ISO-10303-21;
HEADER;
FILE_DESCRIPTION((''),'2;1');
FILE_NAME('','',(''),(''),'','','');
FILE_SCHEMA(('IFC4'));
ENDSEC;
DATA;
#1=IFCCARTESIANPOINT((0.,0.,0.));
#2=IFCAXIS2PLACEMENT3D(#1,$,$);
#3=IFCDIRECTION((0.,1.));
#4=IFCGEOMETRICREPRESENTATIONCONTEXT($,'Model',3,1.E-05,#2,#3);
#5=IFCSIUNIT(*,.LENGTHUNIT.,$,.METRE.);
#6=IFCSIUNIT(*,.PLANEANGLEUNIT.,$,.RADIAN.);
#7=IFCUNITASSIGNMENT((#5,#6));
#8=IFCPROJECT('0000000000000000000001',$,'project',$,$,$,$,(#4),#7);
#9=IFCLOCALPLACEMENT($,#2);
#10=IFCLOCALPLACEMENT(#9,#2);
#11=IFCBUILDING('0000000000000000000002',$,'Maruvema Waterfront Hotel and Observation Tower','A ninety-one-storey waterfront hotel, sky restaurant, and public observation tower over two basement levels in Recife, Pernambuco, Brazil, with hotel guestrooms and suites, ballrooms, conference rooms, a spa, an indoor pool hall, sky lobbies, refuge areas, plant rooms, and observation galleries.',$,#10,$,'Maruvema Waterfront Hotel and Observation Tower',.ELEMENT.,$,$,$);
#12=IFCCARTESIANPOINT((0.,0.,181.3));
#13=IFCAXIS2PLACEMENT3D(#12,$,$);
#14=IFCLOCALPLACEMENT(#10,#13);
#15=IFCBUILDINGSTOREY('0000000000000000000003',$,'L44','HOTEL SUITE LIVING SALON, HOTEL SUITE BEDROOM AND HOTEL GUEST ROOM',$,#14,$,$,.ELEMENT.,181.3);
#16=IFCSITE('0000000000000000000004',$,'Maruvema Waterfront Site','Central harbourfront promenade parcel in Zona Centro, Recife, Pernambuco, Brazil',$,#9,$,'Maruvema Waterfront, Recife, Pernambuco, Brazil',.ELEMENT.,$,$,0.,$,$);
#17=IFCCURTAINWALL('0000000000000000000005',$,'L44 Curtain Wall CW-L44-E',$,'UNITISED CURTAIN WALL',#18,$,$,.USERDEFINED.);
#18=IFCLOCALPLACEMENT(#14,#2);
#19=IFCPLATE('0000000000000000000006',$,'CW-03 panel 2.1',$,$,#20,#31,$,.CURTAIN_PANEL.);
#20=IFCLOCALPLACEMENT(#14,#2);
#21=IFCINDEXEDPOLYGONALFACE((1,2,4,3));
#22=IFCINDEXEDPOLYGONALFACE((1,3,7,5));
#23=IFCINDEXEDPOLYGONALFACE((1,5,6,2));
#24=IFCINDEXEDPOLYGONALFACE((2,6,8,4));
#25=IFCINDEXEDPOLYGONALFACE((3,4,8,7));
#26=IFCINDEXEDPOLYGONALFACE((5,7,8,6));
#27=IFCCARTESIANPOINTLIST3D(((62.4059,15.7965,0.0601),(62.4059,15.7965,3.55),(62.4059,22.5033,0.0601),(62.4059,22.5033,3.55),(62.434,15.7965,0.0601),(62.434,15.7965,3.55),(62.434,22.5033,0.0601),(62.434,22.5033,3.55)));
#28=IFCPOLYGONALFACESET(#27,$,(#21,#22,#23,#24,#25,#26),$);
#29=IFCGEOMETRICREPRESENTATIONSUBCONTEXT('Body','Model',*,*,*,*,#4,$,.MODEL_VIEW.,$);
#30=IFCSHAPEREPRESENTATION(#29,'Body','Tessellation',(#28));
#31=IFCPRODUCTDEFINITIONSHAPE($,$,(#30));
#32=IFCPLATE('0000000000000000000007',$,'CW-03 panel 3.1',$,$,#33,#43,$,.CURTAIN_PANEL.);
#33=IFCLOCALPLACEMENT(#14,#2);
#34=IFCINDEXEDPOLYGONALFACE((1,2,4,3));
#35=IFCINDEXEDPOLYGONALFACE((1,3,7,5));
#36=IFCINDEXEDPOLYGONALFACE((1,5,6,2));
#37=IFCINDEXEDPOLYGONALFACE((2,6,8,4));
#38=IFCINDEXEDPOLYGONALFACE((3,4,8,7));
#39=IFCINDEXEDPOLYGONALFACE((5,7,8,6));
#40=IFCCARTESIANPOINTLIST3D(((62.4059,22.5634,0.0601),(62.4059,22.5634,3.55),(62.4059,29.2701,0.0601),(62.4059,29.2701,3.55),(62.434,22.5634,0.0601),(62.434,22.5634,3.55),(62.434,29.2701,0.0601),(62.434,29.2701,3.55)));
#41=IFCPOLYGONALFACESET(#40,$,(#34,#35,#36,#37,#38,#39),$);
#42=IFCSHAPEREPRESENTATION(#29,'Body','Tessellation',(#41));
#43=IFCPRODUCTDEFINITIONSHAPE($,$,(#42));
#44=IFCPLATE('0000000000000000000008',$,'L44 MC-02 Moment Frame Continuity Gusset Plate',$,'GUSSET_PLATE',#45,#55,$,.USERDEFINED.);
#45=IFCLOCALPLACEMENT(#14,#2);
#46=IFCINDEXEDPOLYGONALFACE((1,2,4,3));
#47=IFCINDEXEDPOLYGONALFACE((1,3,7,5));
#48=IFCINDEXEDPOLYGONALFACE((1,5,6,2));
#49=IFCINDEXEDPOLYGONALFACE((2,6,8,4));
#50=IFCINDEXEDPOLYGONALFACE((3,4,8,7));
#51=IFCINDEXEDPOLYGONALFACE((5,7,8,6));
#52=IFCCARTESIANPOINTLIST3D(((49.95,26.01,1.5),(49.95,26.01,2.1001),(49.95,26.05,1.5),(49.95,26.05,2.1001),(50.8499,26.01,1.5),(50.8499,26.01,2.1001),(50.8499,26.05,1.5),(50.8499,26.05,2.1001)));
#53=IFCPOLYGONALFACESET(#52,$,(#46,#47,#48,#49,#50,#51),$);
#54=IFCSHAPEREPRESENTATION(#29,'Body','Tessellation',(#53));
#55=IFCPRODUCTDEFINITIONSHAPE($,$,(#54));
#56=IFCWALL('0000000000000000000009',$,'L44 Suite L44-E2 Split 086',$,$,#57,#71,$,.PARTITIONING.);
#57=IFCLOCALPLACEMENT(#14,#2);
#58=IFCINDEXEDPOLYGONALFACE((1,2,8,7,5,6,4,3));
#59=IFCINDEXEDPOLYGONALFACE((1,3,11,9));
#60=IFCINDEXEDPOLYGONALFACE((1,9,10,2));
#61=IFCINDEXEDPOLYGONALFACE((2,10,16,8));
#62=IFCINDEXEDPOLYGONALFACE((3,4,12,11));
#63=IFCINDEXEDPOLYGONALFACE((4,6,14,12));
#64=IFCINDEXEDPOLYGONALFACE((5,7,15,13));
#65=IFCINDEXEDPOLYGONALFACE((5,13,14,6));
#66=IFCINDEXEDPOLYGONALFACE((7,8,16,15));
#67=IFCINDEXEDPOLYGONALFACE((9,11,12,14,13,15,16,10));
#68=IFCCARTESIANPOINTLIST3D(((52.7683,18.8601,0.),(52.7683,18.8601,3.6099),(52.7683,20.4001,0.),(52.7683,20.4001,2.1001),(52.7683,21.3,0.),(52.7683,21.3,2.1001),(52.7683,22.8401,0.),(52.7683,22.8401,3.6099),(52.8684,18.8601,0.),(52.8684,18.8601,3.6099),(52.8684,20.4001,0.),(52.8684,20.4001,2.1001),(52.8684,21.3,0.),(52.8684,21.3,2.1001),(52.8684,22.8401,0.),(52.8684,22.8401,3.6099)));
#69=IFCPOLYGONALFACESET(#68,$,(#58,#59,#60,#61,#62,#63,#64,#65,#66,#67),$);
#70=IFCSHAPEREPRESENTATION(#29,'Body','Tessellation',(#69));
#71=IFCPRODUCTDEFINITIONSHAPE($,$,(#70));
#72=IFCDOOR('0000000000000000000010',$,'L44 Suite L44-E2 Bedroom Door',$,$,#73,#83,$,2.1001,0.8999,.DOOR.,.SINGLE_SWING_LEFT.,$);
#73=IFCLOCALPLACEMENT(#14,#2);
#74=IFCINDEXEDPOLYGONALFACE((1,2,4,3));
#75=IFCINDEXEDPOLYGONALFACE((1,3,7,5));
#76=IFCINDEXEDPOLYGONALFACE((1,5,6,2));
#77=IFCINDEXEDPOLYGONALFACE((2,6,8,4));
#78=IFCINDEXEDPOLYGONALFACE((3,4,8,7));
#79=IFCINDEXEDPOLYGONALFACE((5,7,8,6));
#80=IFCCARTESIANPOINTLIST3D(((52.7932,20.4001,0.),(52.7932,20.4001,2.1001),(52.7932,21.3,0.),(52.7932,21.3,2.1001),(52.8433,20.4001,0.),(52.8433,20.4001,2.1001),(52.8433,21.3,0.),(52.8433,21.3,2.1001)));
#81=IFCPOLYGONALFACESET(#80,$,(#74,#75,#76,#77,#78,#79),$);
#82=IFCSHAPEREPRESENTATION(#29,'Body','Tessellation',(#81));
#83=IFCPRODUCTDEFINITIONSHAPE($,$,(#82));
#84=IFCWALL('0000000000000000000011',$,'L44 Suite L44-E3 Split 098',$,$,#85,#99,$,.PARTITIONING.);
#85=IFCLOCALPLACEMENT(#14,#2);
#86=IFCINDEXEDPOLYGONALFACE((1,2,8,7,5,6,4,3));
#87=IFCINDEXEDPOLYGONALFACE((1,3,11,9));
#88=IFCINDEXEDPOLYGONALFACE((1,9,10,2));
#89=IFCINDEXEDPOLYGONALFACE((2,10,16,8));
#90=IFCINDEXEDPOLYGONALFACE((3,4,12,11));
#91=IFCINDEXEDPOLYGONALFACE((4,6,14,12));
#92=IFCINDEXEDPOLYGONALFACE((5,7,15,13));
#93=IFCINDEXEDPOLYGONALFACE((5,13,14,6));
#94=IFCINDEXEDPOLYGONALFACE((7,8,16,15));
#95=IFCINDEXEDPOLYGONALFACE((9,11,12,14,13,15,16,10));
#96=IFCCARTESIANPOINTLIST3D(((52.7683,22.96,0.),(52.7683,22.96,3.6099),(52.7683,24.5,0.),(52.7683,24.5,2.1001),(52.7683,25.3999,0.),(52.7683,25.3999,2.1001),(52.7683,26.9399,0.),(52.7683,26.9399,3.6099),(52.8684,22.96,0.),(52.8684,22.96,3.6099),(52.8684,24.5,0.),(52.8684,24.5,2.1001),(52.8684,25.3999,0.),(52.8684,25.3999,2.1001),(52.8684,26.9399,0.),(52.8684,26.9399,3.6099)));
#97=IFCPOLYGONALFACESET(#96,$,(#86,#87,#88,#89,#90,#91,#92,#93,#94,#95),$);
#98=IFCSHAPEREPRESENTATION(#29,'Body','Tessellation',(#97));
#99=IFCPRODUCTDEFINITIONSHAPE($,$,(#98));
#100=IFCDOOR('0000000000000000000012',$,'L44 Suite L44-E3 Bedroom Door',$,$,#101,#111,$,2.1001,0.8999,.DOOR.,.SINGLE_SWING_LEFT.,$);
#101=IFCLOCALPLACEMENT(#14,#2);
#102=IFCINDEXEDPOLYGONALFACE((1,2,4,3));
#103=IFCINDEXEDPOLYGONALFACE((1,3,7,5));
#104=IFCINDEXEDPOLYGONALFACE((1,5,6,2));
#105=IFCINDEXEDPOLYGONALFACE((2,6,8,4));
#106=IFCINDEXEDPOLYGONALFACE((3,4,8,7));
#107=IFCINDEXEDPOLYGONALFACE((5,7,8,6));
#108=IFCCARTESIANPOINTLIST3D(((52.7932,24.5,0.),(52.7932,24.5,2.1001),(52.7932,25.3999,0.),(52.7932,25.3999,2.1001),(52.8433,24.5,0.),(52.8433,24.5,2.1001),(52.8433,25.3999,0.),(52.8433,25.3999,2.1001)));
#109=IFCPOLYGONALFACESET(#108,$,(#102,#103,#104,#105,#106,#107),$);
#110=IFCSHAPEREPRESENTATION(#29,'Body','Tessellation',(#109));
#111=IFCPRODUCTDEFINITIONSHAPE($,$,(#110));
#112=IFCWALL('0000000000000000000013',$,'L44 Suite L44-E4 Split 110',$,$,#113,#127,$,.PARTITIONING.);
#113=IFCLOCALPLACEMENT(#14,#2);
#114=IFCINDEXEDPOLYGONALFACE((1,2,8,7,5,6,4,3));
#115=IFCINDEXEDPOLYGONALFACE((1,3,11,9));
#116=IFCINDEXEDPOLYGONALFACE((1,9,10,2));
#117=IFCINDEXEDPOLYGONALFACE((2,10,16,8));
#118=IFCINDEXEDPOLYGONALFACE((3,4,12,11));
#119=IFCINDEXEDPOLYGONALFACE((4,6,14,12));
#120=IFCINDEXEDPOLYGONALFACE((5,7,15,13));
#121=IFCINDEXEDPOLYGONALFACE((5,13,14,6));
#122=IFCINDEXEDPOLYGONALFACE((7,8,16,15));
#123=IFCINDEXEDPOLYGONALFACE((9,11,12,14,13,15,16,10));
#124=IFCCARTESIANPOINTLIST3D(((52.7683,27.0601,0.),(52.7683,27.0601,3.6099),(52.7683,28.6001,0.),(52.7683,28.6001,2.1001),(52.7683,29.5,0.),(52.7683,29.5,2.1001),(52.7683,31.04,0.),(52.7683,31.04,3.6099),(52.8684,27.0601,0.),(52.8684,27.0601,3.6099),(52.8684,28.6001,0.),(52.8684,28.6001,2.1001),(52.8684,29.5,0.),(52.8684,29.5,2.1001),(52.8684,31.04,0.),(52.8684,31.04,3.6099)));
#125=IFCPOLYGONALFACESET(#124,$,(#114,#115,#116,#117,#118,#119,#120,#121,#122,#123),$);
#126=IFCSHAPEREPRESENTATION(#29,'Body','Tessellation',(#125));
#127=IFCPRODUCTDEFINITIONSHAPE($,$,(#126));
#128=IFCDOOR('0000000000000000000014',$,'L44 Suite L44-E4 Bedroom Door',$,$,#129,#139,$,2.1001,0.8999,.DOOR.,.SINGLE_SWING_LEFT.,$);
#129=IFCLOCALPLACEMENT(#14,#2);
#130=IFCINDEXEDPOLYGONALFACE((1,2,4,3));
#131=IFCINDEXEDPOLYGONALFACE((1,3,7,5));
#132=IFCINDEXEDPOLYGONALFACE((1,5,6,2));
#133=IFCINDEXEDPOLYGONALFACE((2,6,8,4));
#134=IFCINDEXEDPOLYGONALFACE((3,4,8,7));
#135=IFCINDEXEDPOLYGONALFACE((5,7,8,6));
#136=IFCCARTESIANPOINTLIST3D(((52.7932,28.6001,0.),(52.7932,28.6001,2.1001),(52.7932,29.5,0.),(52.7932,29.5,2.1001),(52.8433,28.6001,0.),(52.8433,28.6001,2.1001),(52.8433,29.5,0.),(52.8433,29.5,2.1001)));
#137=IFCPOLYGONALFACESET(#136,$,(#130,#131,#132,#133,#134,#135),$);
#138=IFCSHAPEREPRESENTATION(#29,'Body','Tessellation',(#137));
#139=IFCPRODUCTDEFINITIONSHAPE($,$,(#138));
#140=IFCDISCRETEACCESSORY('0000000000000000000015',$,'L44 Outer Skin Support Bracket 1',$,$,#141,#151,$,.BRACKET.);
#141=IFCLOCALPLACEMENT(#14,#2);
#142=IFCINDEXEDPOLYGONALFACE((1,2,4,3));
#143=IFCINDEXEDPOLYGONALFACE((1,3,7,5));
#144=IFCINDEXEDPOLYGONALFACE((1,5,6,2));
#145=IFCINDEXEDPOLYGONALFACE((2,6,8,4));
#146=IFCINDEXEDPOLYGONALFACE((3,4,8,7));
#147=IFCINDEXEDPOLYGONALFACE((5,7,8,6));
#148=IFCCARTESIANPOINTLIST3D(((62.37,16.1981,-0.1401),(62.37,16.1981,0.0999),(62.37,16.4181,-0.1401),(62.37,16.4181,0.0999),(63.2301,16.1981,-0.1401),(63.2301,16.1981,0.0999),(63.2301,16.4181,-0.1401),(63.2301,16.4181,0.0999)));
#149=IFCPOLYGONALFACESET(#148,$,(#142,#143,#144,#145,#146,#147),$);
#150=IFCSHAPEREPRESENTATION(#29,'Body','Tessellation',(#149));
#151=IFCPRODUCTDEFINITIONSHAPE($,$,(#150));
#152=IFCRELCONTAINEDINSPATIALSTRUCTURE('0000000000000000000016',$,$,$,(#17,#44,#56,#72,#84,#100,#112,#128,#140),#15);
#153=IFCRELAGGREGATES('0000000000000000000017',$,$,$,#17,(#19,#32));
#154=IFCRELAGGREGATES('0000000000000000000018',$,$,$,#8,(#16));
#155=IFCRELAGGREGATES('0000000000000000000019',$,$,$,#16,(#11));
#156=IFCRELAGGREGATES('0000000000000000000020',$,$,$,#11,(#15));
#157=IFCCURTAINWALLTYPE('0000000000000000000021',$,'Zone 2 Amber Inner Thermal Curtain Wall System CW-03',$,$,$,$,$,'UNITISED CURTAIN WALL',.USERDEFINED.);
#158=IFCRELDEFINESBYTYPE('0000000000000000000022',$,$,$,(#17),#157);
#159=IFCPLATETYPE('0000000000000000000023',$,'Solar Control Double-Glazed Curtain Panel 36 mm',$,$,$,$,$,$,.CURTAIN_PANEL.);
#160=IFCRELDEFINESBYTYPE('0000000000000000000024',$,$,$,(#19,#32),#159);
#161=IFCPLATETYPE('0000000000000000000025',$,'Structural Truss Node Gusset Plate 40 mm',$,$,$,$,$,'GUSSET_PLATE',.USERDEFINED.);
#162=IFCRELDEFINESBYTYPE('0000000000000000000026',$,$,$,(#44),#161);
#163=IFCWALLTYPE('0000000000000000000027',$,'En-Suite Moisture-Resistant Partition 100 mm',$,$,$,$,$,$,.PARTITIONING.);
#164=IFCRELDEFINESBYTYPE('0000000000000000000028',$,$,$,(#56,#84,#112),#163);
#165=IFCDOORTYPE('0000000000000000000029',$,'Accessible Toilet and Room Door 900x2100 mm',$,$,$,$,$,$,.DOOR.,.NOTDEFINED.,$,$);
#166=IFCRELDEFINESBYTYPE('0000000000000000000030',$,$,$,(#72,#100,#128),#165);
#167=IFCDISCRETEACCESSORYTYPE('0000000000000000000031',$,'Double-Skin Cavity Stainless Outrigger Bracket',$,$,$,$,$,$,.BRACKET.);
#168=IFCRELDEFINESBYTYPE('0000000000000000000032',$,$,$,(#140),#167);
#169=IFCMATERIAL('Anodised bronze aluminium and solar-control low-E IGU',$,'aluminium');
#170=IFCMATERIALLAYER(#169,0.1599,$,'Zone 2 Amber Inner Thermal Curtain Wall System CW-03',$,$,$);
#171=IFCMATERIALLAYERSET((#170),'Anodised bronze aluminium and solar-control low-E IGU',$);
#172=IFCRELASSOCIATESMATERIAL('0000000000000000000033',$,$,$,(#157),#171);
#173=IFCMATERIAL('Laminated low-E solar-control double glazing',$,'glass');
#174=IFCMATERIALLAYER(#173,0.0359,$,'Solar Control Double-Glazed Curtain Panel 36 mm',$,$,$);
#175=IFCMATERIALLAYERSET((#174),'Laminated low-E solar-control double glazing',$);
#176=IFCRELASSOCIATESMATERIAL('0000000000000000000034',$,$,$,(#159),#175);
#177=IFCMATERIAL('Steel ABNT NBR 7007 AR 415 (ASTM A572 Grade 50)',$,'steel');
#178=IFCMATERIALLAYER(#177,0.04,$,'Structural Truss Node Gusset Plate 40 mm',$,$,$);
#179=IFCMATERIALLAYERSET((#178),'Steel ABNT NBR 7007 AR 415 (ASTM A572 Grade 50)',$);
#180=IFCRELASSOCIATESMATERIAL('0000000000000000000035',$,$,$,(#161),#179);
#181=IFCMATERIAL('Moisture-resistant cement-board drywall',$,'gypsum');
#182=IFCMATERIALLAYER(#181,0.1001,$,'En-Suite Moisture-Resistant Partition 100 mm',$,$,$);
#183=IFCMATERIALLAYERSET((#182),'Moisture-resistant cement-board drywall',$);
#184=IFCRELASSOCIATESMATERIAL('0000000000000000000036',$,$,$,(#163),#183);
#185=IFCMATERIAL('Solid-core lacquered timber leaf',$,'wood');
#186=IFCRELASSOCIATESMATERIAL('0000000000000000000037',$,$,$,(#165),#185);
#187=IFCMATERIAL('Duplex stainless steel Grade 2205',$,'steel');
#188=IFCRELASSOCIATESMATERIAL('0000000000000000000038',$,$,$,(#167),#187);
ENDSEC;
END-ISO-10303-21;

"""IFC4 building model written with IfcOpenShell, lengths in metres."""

from ifc_helpers import new_model, si_unit, direction, frame, frame_2d, origin, origin_2d, place, context, subcontext, project, spatial, rectangle, extrude, material, layer, layer_set, type_object, element, fill, aggregate, save


model = new_model("IFC4")

# Units and contexts
model_context = context("Model", 3, precision=1e-05, world=origin(), true_north=direction((0.0, 1.0)))
body_context = subcontext(model_context, "Body", "Model", "MODEL_VIEW")
ifc_project = project(units=[si_unit("LENGTHUNIT", "METRE"), si_unit("PLANEANGLEUNIT", "RADIAN")], contexts=[model_context])

# Site, building, storey
site_placement = place(None, origin())
site = spatial("IfcSite", under=ifc_project, at=site_placement, Name="Maruvema Waterfront Site", Description="Central harbourfront promenade parcel in Zona Centro, Recife, Pernambuco, Brazil", LongName="Maruvema Waterfront, Recife, Pernambuco, Brazil", CompositionType="ELEMENT", RefElevation=0.0)
building_placement = place(site_placement, origin())
building = spatial("IfcBuilding", under=site, at=building_placement, Name="Maruvema Waterfront Hotel and Observation Tower", Description="A ninety-one-storey waterfront hotel, sky restaurant, and public observation tower over two basement levels in Recife, Pernambuco, Brazil, with hotel guestrooms and suites, ballrooms, conference rooms, a spa, an indoor pool hall, sky lobbies, refuge areas, plant rooms, and observation galleries.", LongName="Maruvema Waterfront Hotel and Observation Tower", CompositionType="ELEMENT")
storey_placement = place(building_placement, frame((0.0, 0.0, 181.3)))
storey = spatial("IfcBuildingStorey", under=building, at=storey_placement, Name="L44", Description="HOTEL SUITE LIVING SALON, HOTEL SUITE BEDROOM AND HOTEL GUEST ROOM", CompositionType="ELEMENT", Elevation=181.3)

# Curtain wall
ifc_material_1 = material(Name="Anodised bronze aluminium and solar-control low-E IGU", Category="aluminium")
ifc_layer_1 = layer(ifc_material_1, 0.1599, Name="Zone 2 Amber Inner Thermal Curtain Wall System CW-03")
ifc_layer_set_1 = layer_set([ifc_layer_1], Name="Anodised bronze aluminium and solar-control low-E IGU")
curtain_wall_type = type_object("IfcCurtainWallType", Name="Zone 2 Amber Inner Thermal Curtain Wall System CW-03", ElementType="UNITISED CURTAIN WALL", PredefinedType="USERDEFINED", material=ifc_layer_set_1)
curtain_wall_placement = place(storey_placement, origin())
curtain_wall = element("IfcCurtainWall", 1, at=curtain_wall_placement, inside=storey, type_object=curtain_wall_type, Name="L44 Curtain Wall CW-L44-E", ObjectType="UNITISED CURTAIN WALL", PredefinedType="USERDEFINED")

# Plates
ifc_material_2 = material(Name="Laminated low-E solar-control double glazing", Category="glass")
ifc_layer_2 = layer(ifc_material_2, 0.0359, Name="Solar Control Double-Glazed Curtain Panel 36 mm")
ifc_layer_set_2 = layer_set([ifc_layer_2], Name="Laminated low-E solar-control double glazing")
plate_type_1 = type_object("IfcPlateType", Name="Solar Control Double-Glazed Curtain Panel 36 mm", PredefinedType="CURTAIN_PANEL", material=ifc_layer_set_2)
plate_1_placement = place(storey_placement, frame((62.4199, 19.1499, 0.0601), z_axis=(0.0, 0.0, 1.0), x_axis=(0.0, 1.0, 0.0)))
plate_1 = element("IfcPlate", 2, at=plate_1_placement, type_object=plate_type_1, Name="CW-03 panel 2.1", PredefinedType="CURTAIN_PANEL", context=body_context, shape_type="SweptSolid", body=[
    extrude(rectangle(XDim=6.7068, YDim=0.0281, at=origin_2d()), origin(), (0.0, 0.0, 1.0), 3.49),
])
plate_2_placement = place(storey_placement, frame((62.4199, 25.9167, 0.0601), z_axis=(0.0, 0.0, 1.0), x_axis=(0.0, 1.0, 0.0)))
plate_2 = element("IfcPlate", 3, at=plate_2_placement, type_object=plate_type_1, Name="CW-03 panel 3.1", PredefinedType="CURTAIN_PANEL", context=body_context, shape_type="SweptSolid", body=[
    extrude(rectangle(XDim=6.7068, YDim=0.0281, at=origin_2d()), origin(), (0.0, 0.0, 1.0), 3.49),
])
aggregate(curtain_wall, [plate_1, plate_2])
ifc_material_3 = material(Name="Steel ABNT NBR 7007 AR 415 (ASTM A572 Grade 50)", Category="steel")
ifc_layer_3 = layer(ifc_material_3, 0.04, Name="Structural Truss Node Gusset Plate 40 mm")
ifc_layer_set_3 = layer_set([ifc_layer_3], Name="Steel ABNT NBR 7007 AR 415 (ASTM A572 Grade 50)")
plate_type_2 = type_object("IfcPlateType", Name="Structural Truss Node Gusset Plate 40 mm", ElementType="GUSSET_PLATE", PredefinedType="USERDEFINED", material=ifc_layer_set_3)
plate_3_placement = place(storey_placement, frame((50.3999, 26.03, 1.5), z_axis=(0.0, 0.0, 1.0), x_axis=(1.0, 0.0, 0.0)))
element("IfcPlate", 4, at=plate_3_placement, inside=storey, type_object=plate_type_2, Name="L44 MC-02 Moment Frame Continuity Gusset Plate", ObjectType="GUSSET_PLATE", PredefinedType="USERDEFINED", context=body_context, shape_type="SweptSolid", body=[
    extrude(rectangle(XDim=0.8999, YDim=0.04, at=origin_2d()), origin(), (0.0, 0.0, 1.0), 0.6001),
])

# Walls, openings, doors
ifc_material_4 = material(Name="Moisture-resistant cement-board drywall", Category="gypsum")
ifc_layer_4 = layer(ifc_material_4, 0.1001, Name="En-Suite Moisture-Resistant Partition 100 mm")
ifc_layer_set_4 = layer_set([ifc_layer_4], Name="Moisture-resistant cement-board drywall")
wall_type = type_object("IfcWallType", Name="En-Suite Moisture-Resistant Partition 100 mm", PredefinedType="PARTITIONING", material=ifc_layer_set_4)
wall_1_placement = place(storey_placement, frame((52.8184, 18.8601, 0.0), z_axis=(0.0, 0.0, 1.0), x_axis=(0.0, 1.0, 0.0)))
wall_1 = element("IfcWall", 5, at=wall_1_placement, inside=storey, type_object=wall_type, Name="L44 Suite L44-E2 Split 086", PredefinedType="PARTITIONING", context=body_context, shape_type="SweptSolid", body=[
    extrude(rectangle(XDim=3.98, YDim=0.1001, at=frame_2d((1.99, 0.0))), origin(), (0.0, 0.0, 1.0), 3.6099),
])
opening_1_placement = place(wall_1_placement, frame((1.54, 0.0, 0.0)))
opening_1 = element("IfcOpeningElement", 6, at=opening_1_placement, cuts=wall_1, PredefinedType="OPENING", context=body_context, shape_type="SweptSolid", body=[
    extrude(rectangle(XDim=0.8999, YDim=2.1001, at=frame_2d((0.45, 1.05))), frame((0.0, 0.0601, 0.0), z_axis=(0.0, -1.0, 0.0), x_axis=(1.0, 0.0, 0.0)), (0.0, 0.0, 1.0), 0.1201),
])
ifc_material_5 = material(Name="Solid-core lacquered timber leaf", Category="wood")
door_type = type_object("IfcDoorType", Name="Accessible Toilet and Room Door 900x2100 mm", OperationType="NOTDEFINED", PredefinedType="DOOR", material=ifc_material_5)
door_1_placement = place(opening_1_placement, frame((0.8999, 0.0, 0.0), z_axis=(0.0, 0.0, 1.0), x_axis=(-1.0, 0.0, 0.0)))
door_1 = element("IfcDoor", 7, at=door_1_placement, inside=storey, type_object=door_type, Name="L44 Suite L44-E2 Bedroom Door", OperationType="SINGLE_SWING_LEFT", OverallHeight=2.1001, OverallWidth=0.8999, PredefinedType="DOOR", context=body_context, shape_type="SweptSolid", body=[
    extrude(rectangle(XDim=0.8999, YDim=2.1001, at=frame_2d((0.45, 1.05))), frame((0.0, 0.0249, 0.0), z_axis=(0.0, -1.0, 0.0), x_axis=(1.0, 0.0, 0.0)), (0.0, 0.0, 1.0), 0.05),
])
fill(opening_1, door_1)
wall_2_placement = place(storey_placement, frame((52.8184, 22.96, 0.0), z_axis=(0.0, 0.0, 1.0), x_axis=(0.0, 1.0, 0.0)))
wall_2 = element("IfcWall", 8, at=wall_2_placement, inside=storey, type_object=wall_type, Name="L44 Suite L44-E3 Split 098", PredefinedType="PARTITIONING", context=body_context, shape_type="SweptSolid", body=[
    extrude(rectangle(XDim=3.98, YDim=0.1001, at=frame_2d((1.99, 0.0))), origin(), (0.0, 0.0, 1.0), 3.6099),
])
opening_2_placement = place(wall_2_placement, frame((1.54, 0.0, 0.0)))
opening_2 = element("IfcOpeningElement", 9, at=opening_2_placement, cuts=wall_2, PredefinedType="OPENING", context=body_context, shape_type="SweptSolid", body=[
    extrude(rectangle(XDim=0.8999, YDim=2.1001, at=frame_2d((0.45, 1.05))), frame((0.0, 0.0601, 0.0), z_axis=(0.0, -1.0, 0.0), x_axis=(1.0, 0.0, 0.0)), (0.0, 0.0, 1.0), 0.1201),
])
door_2_placement = place(opening_2_placement, frame((0.8999, 0.0, 0.0), z_axis=(0.0, 0.0, 1.0), x_axis=(-1.0, 0.0, 0.0)))
door_2 = element("IfcDoor", 10, at=door_2_placement, inside=storey, type_object=door_type, Name="L44 Suite L44-E3 Bedroom Door", OperationType="SINGLE_SWING_LEFT", OverallHeight=2.1001, OverallWidth=0.8999, PredefinedType="DOOR", context=body_context, shape_type="SweptSolid", body=[
    extrude(rectangle(XDim=0.8999, YDim=2.1001, at=frame_2d((0.45, 1.05))), frame((0.0, 0.0249, 0.0), z_axis=(0.0, -1.0, 0.0), x_axis=(1.0, 0.0, 0.0)), (0.0, 0.0, 1.0), 0.05),
])
fill(opening_2, door_2)
wall_3_placement = place(storey_placement, frame((52.8184, 27.0601, 0.0), z_axis=(0.0, 0.0, 1.0), x_axis=(0.0, 1.0, 0.0)))
wall_3 = element("IfcWall", 11, at=wall_3_placement, inside=storey, type_object=wall_type, Name="L44 Suite L44-E4 Split 110", PredefinedType="PARTITIONING", context=body_context, shape_type="SweptSolid", body=[
    extrude(rectangle(XDim=3.98, YDim=0.1001, at=frame_2d((1.99, 0.0))), origin(), (0.0, 0.0, 1.0), 3.6099),
])
opening_3_placement = place(wall_3_placement, frame((1.54, 0.0, 0.0)))
opening_3 = element("IfcOpeningElement", 12, at=opening_3_placement, cuts=wall_3, PredefinedType="OPENING", context=body_context, shape_type="SweptSolid", body=[
    extrude(rectangle(XDim=0.8999, YDim=2.1001, at=frame_2d((0.45, 1.05))), frame((0.0, 0.0601, 0.0), z_axis=(0.0, -1.0, 0.0), x_axis=(1.0, 0.0, 0.0)), (0.0, 0.0, 1.0), 0.1201),
])
door_3_placement = place(opening_3_placement, frame((0.8999, 0.0, 0.0), z_axis=(0.0, 0.0, 1.0), x_axis=(-1.0, 0.0, 0.0)))
door_3 = element("IfcDoor", 13, at=door_3_placement, inside=storey, type_object=door_type, Name="L44 Suite L44-E4 Bedroom Door", OperationType="SINGLE_SWING_LEFT", OverallHeight=2.1001, OverallWidth=0.8999, PredefinedType="DOOR", context=body_context, shape_type="SweptSolid", body=[
    extrude(rectangle(XDim=0.8999, YDim=2.1001, at=frame_2d((0.45, 1.05))), frame((0.0, 0.0249, 0.0), z_axis=(0.0, -1.0, 0.0), x_axis=(1.0, 0.0, 0.0)), (0.0, 0.0, 1.0), 0.05),
])
fill(opening_3, door_3)

# Discrete accessory
ifc_material_6 = material(Name="Duplex stainless steel Grade 2205", Category="steel")
discrete_accessory_type = type_object("IfcDiscreteAccessoryType", Name="Double-Skin Cavity Stainless Outrigger Bracket", PredefinedType="BRACKET", material=ifc_material_6)
discrete_accessory_placement = place(storey_placement, frame((62.8, 16.3081, -0.1401), z_axis=(0.0, 0.0, 1.0), x_axis=(0.0, 1.0, 0.0)))
element("IfcDiscreteAccessory", 14, at=discrete_accessory_placement, inside=storey, type_object=discrete_accessory_type, Name="L44 Outer Skin Support Bracket 1", PredefinedType="BRACKET", context=body_context, shape_type="SweptSolid", body=[
    extrude(rectangle(XDim=0.22, YDim=0.8601, at=origin_2d()), origin(), (0.0, 0.0, 1.0), 0.24),
])

save(model, "model.ifc")
